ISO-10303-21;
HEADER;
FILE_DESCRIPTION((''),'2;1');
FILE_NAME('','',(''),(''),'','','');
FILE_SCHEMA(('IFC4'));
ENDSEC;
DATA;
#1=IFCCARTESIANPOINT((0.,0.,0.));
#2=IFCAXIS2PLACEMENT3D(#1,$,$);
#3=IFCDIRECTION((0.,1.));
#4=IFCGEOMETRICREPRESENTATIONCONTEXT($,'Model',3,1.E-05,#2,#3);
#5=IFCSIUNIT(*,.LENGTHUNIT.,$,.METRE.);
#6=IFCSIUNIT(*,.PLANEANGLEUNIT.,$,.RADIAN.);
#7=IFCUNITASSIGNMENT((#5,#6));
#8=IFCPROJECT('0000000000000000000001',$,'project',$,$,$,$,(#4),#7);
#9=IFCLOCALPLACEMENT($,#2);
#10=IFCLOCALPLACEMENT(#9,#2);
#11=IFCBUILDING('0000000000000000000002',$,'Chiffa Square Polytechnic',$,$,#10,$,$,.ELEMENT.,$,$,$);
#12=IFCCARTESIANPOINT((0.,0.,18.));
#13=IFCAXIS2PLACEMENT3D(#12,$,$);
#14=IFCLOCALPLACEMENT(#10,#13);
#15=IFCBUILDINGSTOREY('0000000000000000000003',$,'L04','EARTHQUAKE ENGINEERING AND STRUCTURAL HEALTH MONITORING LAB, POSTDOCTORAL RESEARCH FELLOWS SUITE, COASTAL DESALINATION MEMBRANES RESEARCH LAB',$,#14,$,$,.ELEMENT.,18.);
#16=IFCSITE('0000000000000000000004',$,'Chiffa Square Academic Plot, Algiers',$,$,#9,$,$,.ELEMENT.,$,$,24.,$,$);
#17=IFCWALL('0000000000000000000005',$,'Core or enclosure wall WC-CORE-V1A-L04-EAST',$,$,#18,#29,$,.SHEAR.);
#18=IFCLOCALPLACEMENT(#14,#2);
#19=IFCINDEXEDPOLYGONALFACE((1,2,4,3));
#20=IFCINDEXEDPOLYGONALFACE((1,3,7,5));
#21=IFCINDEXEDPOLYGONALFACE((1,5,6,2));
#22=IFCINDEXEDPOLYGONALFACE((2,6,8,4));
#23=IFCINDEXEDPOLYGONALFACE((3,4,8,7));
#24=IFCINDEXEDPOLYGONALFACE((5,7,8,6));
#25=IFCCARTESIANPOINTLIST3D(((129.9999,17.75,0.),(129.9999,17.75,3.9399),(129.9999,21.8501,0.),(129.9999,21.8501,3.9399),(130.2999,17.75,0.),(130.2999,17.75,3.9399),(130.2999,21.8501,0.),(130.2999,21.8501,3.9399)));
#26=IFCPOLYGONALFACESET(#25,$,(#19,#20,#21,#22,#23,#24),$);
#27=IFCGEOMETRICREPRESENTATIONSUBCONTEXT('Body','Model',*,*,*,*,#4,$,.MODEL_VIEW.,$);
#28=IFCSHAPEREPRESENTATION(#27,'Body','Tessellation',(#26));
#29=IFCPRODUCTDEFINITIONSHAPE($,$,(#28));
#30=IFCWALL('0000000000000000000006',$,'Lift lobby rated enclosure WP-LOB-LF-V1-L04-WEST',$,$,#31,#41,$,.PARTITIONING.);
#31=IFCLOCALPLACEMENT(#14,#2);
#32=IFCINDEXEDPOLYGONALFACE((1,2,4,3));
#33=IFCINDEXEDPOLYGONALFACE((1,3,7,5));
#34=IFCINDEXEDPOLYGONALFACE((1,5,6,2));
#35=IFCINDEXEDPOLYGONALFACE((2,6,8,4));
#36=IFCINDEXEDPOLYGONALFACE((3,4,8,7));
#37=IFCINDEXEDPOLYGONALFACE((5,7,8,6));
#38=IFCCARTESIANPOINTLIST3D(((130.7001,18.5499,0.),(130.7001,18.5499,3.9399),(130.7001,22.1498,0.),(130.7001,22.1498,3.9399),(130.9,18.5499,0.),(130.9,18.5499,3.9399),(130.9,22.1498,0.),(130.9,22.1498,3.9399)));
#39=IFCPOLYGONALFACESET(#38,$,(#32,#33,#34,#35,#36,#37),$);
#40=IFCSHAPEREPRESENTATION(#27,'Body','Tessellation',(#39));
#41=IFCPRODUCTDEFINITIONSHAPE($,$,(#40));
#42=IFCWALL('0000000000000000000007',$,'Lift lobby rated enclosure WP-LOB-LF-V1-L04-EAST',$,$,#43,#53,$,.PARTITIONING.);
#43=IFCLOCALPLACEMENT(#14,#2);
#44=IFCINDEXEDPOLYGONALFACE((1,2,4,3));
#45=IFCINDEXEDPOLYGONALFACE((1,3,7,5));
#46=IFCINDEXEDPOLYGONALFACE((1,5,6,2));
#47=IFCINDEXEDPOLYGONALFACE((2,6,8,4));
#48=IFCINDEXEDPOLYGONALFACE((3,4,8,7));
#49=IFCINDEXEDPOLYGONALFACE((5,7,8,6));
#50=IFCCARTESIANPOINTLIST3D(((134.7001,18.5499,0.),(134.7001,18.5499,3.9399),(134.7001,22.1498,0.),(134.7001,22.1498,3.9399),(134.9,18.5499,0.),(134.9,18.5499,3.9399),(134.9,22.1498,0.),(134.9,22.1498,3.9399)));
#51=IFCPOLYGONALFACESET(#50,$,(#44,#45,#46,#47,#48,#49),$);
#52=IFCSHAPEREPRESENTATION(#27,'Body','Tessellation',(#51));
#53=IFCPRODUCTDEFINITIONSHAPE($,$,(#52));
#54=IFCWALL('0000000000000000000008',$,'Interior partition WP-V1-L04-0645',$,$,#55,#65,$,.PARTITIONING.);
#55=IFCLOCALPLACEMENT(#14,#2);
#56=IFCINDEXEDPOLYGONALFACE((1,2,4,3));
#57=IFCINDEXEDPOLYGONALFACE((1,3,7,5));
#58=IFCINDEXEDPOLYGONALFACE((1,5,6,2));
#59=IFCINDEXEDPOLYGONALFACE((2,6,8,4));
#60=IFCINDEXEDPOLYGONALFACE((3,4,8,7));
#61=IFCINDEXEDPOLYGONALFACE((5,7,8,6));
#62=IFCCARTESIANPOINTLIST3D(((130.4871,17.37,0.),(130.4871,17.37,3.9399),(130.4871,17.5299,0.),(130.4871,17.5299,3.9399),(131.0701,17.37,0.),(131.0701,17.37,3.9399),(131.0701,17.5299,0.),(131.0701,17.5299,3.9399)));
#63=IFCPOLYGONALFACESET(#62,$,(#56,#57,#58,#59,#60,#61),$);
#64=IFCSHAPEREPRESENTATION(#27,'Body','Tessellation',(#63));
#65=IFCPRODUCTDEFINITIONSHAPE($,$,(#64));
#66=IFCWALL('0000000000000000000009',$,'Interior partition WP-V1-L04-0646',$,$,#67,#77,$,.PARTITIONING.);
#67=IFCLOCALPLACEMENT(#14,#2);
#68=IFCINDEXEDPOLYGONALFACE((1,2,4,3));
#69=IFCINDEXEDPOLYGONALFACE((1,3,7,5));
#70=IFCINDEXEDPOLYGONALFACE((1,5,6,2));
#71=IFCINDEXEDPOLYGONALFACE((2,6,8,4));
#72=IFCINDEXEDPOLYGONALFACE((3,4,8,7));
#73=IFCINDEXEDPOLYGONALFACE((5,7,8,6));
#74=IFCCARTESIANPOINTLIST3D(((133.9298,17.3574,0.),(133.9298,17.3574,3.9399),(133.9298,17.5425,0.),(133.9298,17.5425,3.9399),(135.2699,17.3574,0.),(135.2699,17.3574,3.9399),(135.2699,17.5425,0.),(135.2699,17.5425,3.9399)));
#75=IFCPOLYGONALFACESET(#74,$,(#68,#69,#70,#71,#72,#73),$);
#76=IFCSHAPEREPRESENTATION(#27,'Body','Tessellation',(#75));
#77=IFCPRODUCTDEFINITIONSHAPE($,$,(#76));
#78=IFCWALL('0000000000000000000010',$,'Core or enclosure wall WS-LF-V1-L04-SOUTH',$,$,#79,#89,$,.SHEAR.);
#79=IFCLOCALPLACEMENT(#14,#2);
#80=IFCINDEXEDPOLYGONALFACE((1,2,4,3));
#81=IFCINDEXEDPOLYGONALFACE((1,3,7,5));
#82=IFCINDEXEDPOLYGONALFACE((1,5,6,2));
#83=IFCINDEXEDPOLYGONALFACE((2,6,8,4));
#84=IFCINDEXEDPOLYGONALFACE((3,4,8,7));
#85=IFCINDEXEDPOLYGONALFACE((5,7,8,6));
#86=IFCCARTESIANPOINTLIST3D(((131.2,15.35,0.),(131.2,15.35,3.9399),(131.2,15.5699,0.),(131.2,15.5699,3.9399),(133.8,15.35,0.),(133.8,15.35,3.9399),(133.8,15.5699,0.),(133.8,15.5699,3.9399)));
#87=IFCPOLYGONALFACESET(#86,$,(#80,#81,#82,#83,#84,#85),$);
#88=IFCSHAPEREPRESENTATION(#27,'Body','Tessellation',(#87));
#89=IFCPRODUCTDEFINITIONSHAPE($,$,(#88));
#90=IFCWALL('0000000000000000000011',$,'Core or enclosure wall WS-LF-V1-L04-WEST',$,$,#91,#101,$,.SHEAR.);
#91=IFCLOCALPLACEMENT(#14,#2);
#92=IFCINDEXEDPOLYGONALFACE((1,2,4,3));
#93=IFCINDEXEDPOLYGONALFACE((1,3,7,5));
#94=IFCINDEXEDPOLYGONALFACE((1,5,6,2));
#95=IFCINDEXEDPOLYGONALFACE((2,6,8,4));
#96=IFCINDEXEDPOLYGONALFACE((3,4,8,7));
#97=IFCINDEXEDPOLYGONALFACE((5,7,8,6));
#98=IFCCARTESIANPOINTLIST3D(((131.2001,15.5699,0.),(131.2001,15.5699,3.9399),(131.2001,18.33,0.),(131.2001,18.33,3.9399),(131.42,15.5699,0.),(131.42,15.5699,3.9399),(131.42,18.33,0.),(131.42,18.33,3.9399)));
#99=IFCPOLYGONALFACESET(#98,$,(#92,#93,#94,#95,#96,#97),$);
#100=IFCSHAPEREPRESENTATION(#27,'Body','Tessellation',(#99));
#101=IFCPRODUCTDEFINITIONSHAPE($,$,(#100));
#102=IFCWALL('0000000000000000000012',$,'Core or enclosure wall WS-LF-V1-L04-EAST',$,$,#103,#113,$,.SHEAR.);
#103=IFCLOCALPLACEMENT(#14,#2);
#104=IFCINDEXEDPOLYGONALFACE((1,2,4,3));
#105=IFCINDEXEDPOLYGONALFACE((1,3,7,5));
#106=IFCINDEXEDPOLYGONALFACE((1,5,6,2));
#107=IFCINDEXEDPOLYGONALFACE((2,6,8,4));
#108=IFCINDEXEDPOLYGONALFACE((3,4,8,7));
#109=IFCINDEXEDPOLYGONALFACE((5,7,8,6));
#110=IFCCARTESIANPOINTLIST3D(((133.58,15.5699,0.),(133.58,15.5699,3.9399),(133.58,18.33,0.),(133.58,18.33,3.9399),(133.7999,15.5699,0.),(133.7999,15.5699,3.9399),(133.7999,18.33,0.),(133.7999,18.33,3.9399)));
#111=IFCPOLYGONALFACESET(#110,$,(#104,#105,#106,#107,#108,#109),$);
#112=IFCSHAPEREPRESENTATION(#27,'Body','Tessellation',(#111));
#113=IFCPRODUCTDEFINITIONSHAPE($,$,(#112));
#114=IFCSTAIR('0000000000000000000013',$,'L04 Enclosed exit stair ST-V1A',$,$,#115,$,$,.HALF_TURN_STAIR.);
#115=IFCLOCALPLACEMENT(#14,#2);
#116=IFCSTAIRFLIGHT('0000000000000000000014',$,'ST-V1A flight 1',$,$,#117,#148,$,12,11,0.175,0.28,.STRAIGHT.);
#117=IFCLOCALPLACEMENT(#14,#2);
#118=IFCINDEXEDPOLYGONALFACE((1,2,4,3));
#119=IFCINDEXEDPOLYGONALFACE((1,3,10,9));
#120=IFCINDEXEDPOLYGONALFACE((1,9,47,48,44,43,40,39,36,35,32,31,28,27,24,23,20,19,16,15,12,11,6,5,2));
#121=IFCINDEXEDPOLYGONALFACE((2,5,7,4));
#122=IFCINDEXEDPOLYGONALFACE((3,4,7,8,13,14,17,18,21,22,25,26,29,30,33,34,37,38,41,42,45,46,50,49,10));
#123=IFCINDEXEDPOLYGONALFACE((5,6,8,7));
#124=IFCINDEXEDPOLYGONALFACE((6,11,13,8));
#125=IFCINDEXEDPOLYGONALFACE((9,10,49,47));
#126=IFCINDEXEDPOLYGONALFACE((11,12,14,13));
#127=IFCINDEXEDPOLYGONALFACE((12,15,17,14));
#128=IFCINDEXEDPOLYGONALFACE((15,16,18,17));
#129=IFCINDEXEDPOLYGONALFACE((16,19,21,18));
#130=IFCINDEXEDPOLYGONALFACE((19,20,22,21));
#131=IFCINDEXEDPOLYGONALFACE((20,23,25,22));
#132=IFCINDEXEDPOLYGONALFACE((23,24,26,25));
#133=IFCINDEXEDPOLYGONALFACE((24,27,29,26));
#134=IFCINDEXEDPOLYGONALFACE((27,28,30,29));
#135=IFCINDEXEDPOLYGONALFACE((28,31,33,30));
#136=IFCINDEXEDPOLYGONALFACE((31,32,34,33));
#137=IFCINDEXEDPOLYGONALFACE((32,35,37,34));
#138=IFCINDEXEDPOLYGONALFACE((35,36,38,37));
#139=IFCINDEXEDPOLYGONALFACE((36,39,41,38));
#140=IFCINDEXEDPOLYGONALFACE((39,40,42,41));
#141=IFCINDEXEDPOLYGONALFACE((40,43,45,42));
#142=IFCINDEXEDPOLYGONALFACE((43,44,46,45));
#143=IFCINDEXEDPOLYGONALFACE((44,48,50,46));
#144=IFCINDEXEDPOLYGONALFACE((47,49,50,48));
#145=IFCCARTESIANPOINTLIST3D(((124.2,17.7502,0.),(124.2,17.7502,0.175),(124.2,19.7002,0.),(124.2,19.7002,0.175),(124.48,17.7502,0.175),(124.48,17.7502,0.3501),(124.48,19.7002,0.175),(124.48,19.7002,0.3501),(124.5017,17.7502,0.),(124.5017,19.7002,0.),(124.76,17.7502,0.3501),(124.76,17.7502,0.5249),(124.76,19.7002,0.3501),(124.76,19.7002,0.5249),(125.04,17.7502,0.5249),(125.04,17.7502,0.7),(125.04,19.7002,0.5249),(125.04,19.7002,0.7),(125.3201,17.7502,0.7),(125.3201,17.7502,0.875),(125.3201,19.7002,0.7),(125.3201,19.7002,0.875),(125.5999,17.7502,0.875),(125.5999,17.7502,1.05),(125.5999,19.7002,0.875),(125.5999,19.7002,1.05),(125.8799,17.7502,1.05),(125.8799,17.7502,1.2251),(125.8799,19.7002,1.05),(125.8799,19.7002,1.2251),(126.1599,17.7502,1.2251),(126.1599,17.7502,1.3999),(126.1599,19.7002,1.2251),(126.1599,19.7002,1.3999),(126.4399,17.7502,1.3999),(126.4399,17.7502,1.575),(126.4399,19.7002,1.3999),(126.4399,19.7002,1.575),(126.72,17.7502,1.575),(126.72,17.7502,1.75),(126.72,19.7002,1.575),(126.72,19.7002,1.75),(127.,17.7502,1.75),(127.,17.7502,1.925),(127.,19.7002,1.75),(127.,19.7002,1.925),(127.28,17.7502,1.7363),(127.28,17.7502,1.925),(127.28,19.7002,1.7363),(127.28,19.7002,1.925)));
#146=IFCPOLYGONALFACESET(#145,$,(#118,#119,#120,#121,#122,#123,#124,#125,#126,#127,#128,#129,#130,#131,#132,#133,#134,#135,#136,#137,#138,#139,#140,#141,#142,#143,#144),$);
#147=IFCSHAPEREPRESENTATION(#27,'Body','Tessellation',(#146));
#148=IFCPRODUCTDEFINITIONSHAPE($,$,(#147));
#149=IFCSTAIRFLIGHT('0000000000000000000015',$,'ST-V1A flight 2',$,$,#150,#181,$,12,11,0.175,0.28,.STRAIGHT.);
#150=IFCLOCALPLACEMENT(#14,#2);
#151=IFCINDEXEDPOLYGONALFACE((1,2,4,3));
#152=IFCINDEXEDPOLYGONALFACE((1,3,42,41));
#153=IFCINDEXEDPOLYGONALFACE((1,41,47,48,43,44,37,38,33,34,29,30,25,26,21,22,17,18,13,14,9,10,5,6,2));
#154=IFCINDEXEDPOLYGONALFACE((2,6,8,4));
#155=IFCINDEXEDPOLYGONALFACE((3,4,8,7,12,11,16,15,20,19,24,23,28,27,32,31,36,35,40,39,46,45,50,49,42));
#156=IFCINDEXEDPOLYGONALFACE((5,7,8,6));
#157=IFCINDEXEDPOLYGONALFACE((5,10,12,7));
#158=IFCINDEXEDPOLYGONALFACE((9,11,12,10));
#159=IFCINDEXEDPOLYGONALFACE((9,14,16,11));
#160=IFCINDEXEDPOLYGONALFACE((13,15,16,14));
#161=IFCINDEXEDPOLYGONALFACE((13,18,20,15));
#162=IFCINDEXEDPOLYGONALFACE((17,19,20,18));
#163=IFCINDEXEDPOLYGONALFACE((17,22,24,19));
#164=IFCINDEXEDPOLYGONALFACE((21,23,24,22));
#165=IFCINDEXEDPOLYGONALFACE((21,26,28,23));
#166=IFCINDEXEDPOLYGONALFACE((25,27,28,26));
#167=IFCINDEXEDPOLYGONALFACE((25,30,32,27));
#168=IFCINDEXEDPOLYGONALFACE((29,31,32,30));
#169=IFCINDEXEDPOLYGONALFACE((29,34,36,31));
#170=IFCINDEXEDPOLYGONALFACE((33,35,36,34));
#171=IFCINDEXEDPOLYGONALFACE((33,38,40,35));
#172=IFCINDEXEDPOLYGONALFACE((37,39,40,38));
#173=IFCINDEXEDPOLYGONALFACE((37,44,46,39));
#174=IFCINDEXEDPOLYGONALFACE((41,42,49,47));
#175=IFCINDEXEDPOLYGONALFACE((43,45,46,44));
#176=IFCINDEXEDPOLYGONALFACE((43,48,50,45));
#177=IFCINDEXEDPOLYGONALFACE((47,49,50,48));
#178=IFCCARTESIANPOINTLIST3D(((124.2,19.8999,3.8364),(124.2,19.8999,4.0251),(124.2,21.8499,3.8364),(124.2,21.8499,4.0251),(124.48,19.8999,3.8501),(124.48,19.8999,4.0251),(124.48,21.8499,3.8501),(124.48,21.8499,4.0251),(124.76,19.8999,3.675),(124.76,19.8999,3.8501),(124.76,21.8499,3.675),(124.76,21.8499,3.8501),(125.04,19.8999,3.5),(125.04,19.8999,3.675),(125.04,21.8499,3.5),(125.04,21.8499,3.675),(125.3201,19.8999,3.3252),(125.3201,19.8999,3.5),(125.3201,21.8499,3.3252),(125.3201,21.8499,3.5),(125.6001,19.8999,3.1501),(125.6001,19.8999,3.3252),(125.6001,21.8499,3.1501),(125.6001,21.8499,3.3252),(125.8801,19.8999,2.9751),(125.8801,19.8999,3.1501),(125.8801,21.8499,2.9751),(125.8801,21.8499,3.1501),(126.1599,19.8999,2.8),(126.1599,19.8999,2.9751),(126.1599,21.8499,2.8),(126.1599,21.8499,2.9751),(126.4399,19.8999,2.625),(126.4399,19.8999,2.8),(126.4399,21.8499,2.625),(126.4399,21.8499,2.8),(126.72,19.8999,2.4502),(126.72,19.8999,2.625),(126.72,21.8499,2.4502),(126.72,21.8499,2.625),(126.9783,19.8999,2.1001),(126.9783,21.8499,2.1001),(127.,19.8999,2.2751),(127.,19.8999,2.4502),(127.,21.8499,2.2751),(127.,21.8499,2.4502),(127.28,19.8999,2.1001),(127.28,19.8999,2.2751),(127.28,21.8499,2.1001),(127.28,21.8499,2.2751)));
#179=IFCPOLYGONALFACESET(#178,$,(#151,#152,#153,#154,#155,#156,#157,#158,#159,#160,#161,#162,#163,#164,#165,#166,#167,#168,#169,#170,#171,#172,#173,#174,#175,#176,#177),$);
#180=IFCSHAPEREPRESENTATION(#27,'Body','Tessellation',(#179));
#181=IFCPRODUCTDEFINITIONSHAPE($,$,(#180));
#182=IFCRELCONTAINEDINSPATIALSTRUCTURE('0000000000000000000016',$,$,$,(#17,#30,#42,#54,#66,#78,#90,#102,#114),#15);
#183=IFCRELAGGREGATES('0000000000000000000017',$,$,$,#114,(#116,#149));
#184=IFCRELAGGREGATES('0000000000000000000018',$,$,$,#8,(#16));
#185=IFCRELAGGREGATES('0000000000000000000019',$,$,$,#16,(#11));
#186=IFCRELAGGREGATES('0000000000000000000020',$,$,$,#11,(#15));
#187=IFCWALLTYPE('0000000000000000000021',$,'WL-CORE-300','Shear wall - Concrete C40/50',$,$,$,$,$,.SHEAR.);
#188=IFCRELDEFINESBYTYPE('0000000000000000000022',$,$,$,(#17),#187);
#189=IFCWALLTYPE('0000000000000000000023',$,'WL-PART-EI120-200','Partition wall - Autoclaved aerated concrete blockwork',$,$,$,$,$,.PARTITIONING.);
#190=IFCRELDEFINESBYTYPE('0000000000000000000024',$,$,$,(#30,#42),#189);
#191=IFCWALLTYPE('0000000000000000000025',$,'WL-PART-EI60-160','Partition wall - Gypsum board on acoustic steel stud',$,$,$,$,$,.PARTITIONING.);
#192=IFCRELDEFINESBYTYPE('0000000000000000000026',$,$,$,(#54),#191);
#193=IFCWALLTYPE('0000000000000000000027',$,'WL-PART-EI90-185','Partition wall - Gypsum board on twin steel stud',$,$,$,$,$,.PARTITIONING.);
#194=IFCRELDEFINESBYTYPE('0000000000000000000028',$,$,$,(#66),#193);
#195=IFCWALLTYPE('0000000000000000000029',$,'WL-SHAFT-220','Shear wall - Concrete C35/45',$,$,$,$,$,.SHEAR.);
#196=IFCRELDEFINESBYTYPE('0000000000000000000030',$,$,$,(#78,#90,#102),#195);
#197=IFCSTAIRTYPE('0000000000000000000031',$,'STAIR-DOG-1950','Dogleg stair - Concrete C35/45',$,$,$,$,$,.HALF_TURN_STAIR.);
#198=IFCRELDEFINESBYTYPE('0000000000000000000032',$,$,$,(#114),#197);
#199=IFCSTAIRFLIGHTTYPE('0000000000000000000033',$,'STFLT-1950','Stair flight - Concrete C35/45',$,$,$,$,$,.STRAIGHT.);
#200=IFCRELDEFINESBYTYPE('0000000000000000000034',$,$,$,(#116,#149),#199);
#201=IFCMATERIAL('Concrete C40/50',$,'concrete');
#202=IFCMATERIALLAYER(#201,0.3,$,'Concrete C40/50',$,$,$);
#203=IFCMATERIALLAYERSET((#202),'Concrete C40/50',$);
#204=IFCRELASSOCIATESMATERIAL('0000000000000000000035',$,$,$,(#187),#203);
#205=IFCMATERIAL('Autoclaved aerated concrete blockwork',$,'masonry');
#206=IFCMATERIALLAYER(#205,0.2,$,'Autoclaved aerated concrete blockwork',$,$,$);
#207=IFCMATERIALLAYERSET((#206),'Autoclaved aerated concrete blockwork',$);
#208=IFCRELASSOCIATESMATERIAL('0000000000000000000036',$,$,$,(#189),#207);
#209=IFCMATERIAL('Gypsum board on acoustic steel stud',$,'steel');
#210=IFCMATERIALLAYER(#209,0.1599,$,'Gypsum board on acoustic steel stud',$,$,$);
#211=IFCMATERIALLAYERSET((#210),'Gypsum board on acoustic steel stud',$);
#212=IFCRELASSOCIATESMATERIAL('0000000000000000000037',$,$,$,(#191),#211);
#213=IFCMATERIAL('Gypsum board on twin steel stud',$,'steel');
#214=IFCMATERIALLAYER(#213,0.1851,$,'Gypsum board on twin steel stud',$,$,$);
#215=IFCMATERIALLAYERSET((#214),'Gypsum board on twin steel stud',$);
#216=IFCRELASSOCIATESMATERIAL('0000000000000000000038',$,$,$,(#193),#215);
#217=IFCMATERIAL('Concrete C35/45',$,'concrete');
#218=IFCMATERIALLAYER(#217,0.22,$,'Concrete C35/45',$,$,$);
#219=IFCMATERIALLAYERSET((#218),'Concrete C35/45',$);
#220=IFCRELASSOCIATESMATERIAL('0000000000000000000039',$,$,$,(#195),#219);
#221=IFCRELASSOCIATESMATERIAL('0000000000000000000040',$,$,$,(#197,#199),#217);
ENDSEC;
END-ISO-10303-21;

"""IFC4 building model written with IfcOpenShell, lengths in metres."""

from ifc_helpers import new_model, si_unit, direction, frame, frame_2d, origin, place, context, subcontext, project, spatial, polyline, rectangle, outline, extrude, material, layer, layer_set, type_object, element, aggregate, save


model = new_model("IFC4")

# Units and contexts
model_context = context("Model", 3, precision=1e-05, world=origin(), true_north=direction((0.0, 1.0)))
body_context = subcontext(model_context, "Body", "Model", "MODEL_VIEW")
ifc_project = project(units=[si_unit("LENGTHUNIT", "METRE"), si_unit("PLANEANGLEUNIT", "RADIAN")], contexts=[model_context])

# Site, building, storey
site_placement = place(None, origin())
site = spatial("IfcSite", under=ifc_project, at=site_placement, Name="Chiffa Square Academic Plot, Algiers", CompositionType="ELEMENT", RefElevation=24.0)
building_placement = place(site_placement, origin())
building = spatial("IfcBuilding", under=site, at=building_placement, Name="Chiffa Square Polytechnic", CompositionType="ELEMENT")
storey_placement = place(building_placement, frame((0.0, 0.0, 18.0)))
storey = spatial("IfcBuildingStorey", under=building, at=storey_placement, Name="L04", Description="EARTHQUAKE ENGINEERING AND STRUCTURAL HEALTH MONITORING LAB, POSTDOCTORAL RESEARCH FELLOWS SUITE, COASTAL DESALINATION MEMBRANES RESEARCH LAB", CompositionType="ELEMENT", Elevation=18.0)

# Wall
ifc_material_1 = material(Name="Concrete C40/50", Category="concrete")
ifc_layer_1 = layer(ifc_material_1, 0.3, Name="Concrete C40/50")
ifc_layer_set_1 = layer_set([ifc_layer_1], Name="Concrete C40/50")
wall_type_1 = type_object("IfcWallType", Name="WL-CORE-300", Description="Shear wall - Concrete C40/50", PredefinedType="SHEAR", material=ifc_layer_set_1)
wall_1_placement = place(storey_placement, frame((130.1499, 17.75, 0.0), z_axis=(0.0, 0.0, 1.0), x_axis=(0.0, 1.0, 0.0)))
element("IfcWall", 1, at=wall_1_placement, inside=storey, type_object=wall_type_1, Name="Core or enclosure wall WC-CORE-V1A-L04-EAST", PredefinedType="SHEAR", context=body_context, shape_type="SweptSolid", body=[
    extrude(rectangle(XDim=4.1001, YDim=0.3, at=frame_2d((2.05, 0.0))), origin(), (0.0, 0.0, 1.0), 3.9399),
])

# Shared definitions
ifc_material_2 = material(Name="Autoclaved aerated concrete blockwork", Category="masonry")
ifc_layer_2 = layer(ifc_material_2, 0.2, Name="Autoclaved aerated concrete blockwork")
ifc_layer_set_2 = layer_set([ifc_layer_2], Name="Autoclaved aerated concrete blockwork")
wall_type_2 = type_object("IfcWallType", Name="WL-PART-EI120-200", Description="Partition wall - Autoclaved aerated concrete blockwork", PredefinedType="PARTITIONING", material=ifc_layer_set_2)

# Walls
for number, where, z_axis, x_axis, name in (
    (2, (130.8, 18.55, 0.0), (0.0, 0.0, 1.0), (0.0, 1.0, 0.0), "Lift lobby rated enclosure WP-LOB-LF-V1-L04-WEST"),
    (3, (134.8, 18.55, 0.0), (0.0, 0.0, 1.0), (0.0, 1.0, 0.0), "Lift lobby rated enclosure WP-LOB-LF-V1-L04-EAST"),
):
    element("IfcWall", number, at=place(storey_placement, frame(where, z_axis=z_axis, x_axis=x_axis)), inside=storey, type_object=wall_type_2, Name=name, PredefinedType="PARTITIONING", context=body_context, shape_type="SweptSolid", body=[
        extrude(rectangle(XDim=3.5999, YDim=0.2, at=frame_2d((1.7998, 0.0))), origin(), (0.0, 0.0, 1.0), 3.9399),
    ])
ifc_material_3 = material(Name="Gypsum board on acoustic steel stud", Category="steel")
ifc_layer_3 = layer(ifc_material_3, 0.1599, Name="Gypsum board on acoustic steel stud")
ifc_layer_set_3 = layer_set([ifc_layer_3], Name="Gypsum board on acoustic steel stud")
wall_type_3 = type_object("IfcWallType", Name="WL-PART-EI60-160", Description="Partition wall - Gypsum board on acoustic steel stud", PredefinedType="PARTITIONING", material=ifc_layer_set_3)
wall_2_placement = place(storey_placement, frame((130.4871, 17.45, 0.0), z_axis=(0.0, 0.0, 1.0), x_axis=(1.0, 0.0, 0.0)))
element("IfcWall", 4, at=wall_2_placement, inside=storey, type_object=wall_type_3, Name="Interior partition WP-V1-L04-0645", PredefinedType="PARTITIONING", context=body_context, shape_type="SweptSolid", body=[
    extrude(rectangle(XDim=0.583, YDim=0.1599, at=frame_2d((0.2915, 0.0))), origin(), (0.0, 0.0, 1.0), 3.9399),
])
ifc_material_4 = material(Name="Gypsum board on twin steel stud", Category="steel")
ifc_layer_4 = layer(ifc_material_4, 0.1851, Name="Gypsum board on twin steel stud")
ifc_layer_set_4 = layer_set([ifc_layer_4], Name="Gypsum board on twin steel stud")
wall_type_4 = type_object("IfcWallType", Name="WL-PART-EI90-185", Description="Partition wall - Gypsum board on twin steel stud", PredefinedType="PARTITIONING", material=ifc_layer_set_4)
wall_3_placement = place(storey_placement, frame((133.9299, 17.45, 0.0), z_axis=(0.0, 0.0, 1.0), x_axis=(1.0, 0.0, 0.0)))
element("IfcWall", 5, at=wall_3_placement, inside=storey, type_object=wall_type_4, Name="Interior partition WP-V1-L04-0646", PredefinedType="PARTITIONING", context=body_context, shape_type="SweptSolid", body=[
    extrude(rectangle(XDim=1.3401, YDim=0.1851, at=frame_2d((0.6699, 0.0))), origin(), (0.0, 0.0, 1.0), 3.9399),
])
ifc_material_5 = material(Name="Concrete C35/45", Category="concrete")
ifc_layer_5 = layer(ifc_material_5, 0.22, Name="Concrete C35/45")
ifc_layer_set_5 = layer_set([ifc_layer_5], Name="Concrete C35/45")
wall_type_5 = type_object("IfcWallType", Name="WL-SHAFT-220", Description="Shear wall - Concrete C35/45", PredefinedType="SHEAR", material=ifc_layer_set_5)
wall_4_placement = place(storey_placement, frame((131.2, 15.46, 0.0), z_axis=(0.0, 0.0, 1.0), x_axis=(1.0, 0.0, 0.0)))
element("IfcWall", 6, at=wall_4_placement, inside=storey, type_object=wall_type_5, Name="Core or enclosure wall WS-LF-V1-L04-SOUTH", PredefinedType="SHEAR", context=body_context, shape_type="SweptSolid", body=[
    extrude(rectangle(XDim=2.6001, YDim=0.22, at=frame_2d((1.3, 0.0))), origin(), (0.0, 0.0, 1.0), 3.9399),
])

# Walls
for number, where, z_axis, x_axis, name in (
    (7, (131.3101, 15.5701, 0.0), (0.0, 0.0, 1.0), (0.0, 1.0, 0.0), "Core or enclosure wall WS-LF-V1-L04-WEST"),
    (8, (133.6899, 15.5701, 0.0), (0.0, 0.0, 1.0), (0.0, 1.0, 0.0), "Core or enclosure wall WS-LF-V1-L04-EAST"),
):
    element("IfcWall", number, at=place(storey_placement, frame(where, z_axis=z_axis, x_axis=x_axis)), inside=storey, type_object=wall_type_5, Name=name, PredefinedType="SHEAR", context=body_context, shape_type="SweptSolid", body=[
        extrude(rectangle(XDim=2.76, YDim=0.22, at=frame_2d((1.3799, 0.0))), origin(), (0.0, 0.0, 1.0), 3.9399),
    ])

# Stair, stair flights
stair_type = type_object("IfcStairType", Name="STAIR-DOG-1950", Description="Dogleg stair - Concrete C35/45", PredefinedType="HALF_TURN_STAIR", material=ifc_material_5)
stair_placement = place(storey_placement, origin())
stair = element("IfcStair", 9, at=stair_placement, inside=storey, type_object=stair_type, Name="L04 Enclosed exit stair ST-V1A", PredefinedType="HALF_TURN_STAIR")
stair_flight_type = type_object("IfcStairFlightType", Name="STFLT-1950", Description="Stair flight - Concrete C35/45", PredefinedType="STRAIGHT", material=ifc_material_5)
stair_flight_1_placement = place(storey_placement, frame((124.2, 18.7251, 0.0), z_axis=(0.0, 0.0, 1.0), x_axis=(1.0, 0.0, 0.0)))
stair_flight_1 = element("IfcStairFlight", 10, at=stair_flight_1_placement, type_object=stair_flight_type, Name="ST-V1A flight 1", NumberOfRisers=12, NumberOfTreads=11, PredefinedType="STRAIGHT", RiserHeight=0.175, TreadLength=0.28, context=body_context, shape_type="SweptSolid", body=[
    extrude(outline(polyline([(0.0, 0.0), (0.0, 0.175), (0.28, 0.175), (0.28, 0.3501), (0.5601, 0.3501), (0.5601, 0.5249), (0.8401, 0.5249), (0.8401, 0.7), (1.1201, 0.7), (1.1201, 0.875), (1.3999, 0.875), (1.3999, 1.05), (1.6799, 1.05), (1.6799, 1.2251), (1.96, 1.2251), (1.96, 1.3999), (2.24, 1.3999), (2.24, 1.575), (2.52, 1.575), (2.52, 1.75), (2.8, 1.75), (2.8, 1.925), (3.0801, 1.925), (3.0801, 2.1001), (3.0801, 1.7363), (0.3018, 0.0), (0.0, 0.0)])), frame((0.0, 0.9751, 0.0), z_axis=(0.0, -1.0, 0.0), x_axis=(1.0, 0.0, 0.0)), (0.0, 0.0, 1.0), 1.95),
])
stair_flight_2_placement = place(storey_placement, frame((127.28, 20.875, 2.1001), z_axis=(0.0, 0.0, 1.0), x_axis=(-1.0, 0.0, 0.0)))
stair_flight_2 = element("IfcStairFlight", 11, at=stair_flight_2_placement, type_object=stair_flight_type, Name="ST-V1A flight 2", NumberOfRisers=12, NumberOfTreads=11, PredefinedType="STRAIGHT", RiserHeight=0.175, TreadLength=0.28, context=body_context, shape_type="SweptSolid", body=[
    extrude(outline(polyline([(0.0, 0.0), (0.0, 0.175), (0.28, 0.175), (0.28, 0.3501), (0.5601, 0.3501), (0.5601, 0.5249), (0.8401, 0.5249), (0.8401, 0.7), (1.1201, 0.7), (1.1201, 0.875), (1.3999, 0.875), (1.3999, 1.05), (1.6799, 1.05), (1.6799, 1.2251), (1.96, 1.2251), (1.96, 1.3999), (2.24, 1.3999), (2.24, 1.575), (2.52, 1.575), (2.52, 1.75), (2.8, 1.75), (2.8, 1.925), (3.0801, 1.925), (3.0801, 2.1001), (3.0801, 1.7363), (0.3018, 0.0), (0.0, 0.0)])), frame((0.0, 0.9751, 0.0), z_axis=(0.0, -1.0, 0.0), x_axis=(1.0, 0.0, 0.0)), (0.0, 0.0, 1.0), 1.95),
])
aggregate(stair, [stair_flight_1, stair_flight_2])

save(model, "model.ifc")
